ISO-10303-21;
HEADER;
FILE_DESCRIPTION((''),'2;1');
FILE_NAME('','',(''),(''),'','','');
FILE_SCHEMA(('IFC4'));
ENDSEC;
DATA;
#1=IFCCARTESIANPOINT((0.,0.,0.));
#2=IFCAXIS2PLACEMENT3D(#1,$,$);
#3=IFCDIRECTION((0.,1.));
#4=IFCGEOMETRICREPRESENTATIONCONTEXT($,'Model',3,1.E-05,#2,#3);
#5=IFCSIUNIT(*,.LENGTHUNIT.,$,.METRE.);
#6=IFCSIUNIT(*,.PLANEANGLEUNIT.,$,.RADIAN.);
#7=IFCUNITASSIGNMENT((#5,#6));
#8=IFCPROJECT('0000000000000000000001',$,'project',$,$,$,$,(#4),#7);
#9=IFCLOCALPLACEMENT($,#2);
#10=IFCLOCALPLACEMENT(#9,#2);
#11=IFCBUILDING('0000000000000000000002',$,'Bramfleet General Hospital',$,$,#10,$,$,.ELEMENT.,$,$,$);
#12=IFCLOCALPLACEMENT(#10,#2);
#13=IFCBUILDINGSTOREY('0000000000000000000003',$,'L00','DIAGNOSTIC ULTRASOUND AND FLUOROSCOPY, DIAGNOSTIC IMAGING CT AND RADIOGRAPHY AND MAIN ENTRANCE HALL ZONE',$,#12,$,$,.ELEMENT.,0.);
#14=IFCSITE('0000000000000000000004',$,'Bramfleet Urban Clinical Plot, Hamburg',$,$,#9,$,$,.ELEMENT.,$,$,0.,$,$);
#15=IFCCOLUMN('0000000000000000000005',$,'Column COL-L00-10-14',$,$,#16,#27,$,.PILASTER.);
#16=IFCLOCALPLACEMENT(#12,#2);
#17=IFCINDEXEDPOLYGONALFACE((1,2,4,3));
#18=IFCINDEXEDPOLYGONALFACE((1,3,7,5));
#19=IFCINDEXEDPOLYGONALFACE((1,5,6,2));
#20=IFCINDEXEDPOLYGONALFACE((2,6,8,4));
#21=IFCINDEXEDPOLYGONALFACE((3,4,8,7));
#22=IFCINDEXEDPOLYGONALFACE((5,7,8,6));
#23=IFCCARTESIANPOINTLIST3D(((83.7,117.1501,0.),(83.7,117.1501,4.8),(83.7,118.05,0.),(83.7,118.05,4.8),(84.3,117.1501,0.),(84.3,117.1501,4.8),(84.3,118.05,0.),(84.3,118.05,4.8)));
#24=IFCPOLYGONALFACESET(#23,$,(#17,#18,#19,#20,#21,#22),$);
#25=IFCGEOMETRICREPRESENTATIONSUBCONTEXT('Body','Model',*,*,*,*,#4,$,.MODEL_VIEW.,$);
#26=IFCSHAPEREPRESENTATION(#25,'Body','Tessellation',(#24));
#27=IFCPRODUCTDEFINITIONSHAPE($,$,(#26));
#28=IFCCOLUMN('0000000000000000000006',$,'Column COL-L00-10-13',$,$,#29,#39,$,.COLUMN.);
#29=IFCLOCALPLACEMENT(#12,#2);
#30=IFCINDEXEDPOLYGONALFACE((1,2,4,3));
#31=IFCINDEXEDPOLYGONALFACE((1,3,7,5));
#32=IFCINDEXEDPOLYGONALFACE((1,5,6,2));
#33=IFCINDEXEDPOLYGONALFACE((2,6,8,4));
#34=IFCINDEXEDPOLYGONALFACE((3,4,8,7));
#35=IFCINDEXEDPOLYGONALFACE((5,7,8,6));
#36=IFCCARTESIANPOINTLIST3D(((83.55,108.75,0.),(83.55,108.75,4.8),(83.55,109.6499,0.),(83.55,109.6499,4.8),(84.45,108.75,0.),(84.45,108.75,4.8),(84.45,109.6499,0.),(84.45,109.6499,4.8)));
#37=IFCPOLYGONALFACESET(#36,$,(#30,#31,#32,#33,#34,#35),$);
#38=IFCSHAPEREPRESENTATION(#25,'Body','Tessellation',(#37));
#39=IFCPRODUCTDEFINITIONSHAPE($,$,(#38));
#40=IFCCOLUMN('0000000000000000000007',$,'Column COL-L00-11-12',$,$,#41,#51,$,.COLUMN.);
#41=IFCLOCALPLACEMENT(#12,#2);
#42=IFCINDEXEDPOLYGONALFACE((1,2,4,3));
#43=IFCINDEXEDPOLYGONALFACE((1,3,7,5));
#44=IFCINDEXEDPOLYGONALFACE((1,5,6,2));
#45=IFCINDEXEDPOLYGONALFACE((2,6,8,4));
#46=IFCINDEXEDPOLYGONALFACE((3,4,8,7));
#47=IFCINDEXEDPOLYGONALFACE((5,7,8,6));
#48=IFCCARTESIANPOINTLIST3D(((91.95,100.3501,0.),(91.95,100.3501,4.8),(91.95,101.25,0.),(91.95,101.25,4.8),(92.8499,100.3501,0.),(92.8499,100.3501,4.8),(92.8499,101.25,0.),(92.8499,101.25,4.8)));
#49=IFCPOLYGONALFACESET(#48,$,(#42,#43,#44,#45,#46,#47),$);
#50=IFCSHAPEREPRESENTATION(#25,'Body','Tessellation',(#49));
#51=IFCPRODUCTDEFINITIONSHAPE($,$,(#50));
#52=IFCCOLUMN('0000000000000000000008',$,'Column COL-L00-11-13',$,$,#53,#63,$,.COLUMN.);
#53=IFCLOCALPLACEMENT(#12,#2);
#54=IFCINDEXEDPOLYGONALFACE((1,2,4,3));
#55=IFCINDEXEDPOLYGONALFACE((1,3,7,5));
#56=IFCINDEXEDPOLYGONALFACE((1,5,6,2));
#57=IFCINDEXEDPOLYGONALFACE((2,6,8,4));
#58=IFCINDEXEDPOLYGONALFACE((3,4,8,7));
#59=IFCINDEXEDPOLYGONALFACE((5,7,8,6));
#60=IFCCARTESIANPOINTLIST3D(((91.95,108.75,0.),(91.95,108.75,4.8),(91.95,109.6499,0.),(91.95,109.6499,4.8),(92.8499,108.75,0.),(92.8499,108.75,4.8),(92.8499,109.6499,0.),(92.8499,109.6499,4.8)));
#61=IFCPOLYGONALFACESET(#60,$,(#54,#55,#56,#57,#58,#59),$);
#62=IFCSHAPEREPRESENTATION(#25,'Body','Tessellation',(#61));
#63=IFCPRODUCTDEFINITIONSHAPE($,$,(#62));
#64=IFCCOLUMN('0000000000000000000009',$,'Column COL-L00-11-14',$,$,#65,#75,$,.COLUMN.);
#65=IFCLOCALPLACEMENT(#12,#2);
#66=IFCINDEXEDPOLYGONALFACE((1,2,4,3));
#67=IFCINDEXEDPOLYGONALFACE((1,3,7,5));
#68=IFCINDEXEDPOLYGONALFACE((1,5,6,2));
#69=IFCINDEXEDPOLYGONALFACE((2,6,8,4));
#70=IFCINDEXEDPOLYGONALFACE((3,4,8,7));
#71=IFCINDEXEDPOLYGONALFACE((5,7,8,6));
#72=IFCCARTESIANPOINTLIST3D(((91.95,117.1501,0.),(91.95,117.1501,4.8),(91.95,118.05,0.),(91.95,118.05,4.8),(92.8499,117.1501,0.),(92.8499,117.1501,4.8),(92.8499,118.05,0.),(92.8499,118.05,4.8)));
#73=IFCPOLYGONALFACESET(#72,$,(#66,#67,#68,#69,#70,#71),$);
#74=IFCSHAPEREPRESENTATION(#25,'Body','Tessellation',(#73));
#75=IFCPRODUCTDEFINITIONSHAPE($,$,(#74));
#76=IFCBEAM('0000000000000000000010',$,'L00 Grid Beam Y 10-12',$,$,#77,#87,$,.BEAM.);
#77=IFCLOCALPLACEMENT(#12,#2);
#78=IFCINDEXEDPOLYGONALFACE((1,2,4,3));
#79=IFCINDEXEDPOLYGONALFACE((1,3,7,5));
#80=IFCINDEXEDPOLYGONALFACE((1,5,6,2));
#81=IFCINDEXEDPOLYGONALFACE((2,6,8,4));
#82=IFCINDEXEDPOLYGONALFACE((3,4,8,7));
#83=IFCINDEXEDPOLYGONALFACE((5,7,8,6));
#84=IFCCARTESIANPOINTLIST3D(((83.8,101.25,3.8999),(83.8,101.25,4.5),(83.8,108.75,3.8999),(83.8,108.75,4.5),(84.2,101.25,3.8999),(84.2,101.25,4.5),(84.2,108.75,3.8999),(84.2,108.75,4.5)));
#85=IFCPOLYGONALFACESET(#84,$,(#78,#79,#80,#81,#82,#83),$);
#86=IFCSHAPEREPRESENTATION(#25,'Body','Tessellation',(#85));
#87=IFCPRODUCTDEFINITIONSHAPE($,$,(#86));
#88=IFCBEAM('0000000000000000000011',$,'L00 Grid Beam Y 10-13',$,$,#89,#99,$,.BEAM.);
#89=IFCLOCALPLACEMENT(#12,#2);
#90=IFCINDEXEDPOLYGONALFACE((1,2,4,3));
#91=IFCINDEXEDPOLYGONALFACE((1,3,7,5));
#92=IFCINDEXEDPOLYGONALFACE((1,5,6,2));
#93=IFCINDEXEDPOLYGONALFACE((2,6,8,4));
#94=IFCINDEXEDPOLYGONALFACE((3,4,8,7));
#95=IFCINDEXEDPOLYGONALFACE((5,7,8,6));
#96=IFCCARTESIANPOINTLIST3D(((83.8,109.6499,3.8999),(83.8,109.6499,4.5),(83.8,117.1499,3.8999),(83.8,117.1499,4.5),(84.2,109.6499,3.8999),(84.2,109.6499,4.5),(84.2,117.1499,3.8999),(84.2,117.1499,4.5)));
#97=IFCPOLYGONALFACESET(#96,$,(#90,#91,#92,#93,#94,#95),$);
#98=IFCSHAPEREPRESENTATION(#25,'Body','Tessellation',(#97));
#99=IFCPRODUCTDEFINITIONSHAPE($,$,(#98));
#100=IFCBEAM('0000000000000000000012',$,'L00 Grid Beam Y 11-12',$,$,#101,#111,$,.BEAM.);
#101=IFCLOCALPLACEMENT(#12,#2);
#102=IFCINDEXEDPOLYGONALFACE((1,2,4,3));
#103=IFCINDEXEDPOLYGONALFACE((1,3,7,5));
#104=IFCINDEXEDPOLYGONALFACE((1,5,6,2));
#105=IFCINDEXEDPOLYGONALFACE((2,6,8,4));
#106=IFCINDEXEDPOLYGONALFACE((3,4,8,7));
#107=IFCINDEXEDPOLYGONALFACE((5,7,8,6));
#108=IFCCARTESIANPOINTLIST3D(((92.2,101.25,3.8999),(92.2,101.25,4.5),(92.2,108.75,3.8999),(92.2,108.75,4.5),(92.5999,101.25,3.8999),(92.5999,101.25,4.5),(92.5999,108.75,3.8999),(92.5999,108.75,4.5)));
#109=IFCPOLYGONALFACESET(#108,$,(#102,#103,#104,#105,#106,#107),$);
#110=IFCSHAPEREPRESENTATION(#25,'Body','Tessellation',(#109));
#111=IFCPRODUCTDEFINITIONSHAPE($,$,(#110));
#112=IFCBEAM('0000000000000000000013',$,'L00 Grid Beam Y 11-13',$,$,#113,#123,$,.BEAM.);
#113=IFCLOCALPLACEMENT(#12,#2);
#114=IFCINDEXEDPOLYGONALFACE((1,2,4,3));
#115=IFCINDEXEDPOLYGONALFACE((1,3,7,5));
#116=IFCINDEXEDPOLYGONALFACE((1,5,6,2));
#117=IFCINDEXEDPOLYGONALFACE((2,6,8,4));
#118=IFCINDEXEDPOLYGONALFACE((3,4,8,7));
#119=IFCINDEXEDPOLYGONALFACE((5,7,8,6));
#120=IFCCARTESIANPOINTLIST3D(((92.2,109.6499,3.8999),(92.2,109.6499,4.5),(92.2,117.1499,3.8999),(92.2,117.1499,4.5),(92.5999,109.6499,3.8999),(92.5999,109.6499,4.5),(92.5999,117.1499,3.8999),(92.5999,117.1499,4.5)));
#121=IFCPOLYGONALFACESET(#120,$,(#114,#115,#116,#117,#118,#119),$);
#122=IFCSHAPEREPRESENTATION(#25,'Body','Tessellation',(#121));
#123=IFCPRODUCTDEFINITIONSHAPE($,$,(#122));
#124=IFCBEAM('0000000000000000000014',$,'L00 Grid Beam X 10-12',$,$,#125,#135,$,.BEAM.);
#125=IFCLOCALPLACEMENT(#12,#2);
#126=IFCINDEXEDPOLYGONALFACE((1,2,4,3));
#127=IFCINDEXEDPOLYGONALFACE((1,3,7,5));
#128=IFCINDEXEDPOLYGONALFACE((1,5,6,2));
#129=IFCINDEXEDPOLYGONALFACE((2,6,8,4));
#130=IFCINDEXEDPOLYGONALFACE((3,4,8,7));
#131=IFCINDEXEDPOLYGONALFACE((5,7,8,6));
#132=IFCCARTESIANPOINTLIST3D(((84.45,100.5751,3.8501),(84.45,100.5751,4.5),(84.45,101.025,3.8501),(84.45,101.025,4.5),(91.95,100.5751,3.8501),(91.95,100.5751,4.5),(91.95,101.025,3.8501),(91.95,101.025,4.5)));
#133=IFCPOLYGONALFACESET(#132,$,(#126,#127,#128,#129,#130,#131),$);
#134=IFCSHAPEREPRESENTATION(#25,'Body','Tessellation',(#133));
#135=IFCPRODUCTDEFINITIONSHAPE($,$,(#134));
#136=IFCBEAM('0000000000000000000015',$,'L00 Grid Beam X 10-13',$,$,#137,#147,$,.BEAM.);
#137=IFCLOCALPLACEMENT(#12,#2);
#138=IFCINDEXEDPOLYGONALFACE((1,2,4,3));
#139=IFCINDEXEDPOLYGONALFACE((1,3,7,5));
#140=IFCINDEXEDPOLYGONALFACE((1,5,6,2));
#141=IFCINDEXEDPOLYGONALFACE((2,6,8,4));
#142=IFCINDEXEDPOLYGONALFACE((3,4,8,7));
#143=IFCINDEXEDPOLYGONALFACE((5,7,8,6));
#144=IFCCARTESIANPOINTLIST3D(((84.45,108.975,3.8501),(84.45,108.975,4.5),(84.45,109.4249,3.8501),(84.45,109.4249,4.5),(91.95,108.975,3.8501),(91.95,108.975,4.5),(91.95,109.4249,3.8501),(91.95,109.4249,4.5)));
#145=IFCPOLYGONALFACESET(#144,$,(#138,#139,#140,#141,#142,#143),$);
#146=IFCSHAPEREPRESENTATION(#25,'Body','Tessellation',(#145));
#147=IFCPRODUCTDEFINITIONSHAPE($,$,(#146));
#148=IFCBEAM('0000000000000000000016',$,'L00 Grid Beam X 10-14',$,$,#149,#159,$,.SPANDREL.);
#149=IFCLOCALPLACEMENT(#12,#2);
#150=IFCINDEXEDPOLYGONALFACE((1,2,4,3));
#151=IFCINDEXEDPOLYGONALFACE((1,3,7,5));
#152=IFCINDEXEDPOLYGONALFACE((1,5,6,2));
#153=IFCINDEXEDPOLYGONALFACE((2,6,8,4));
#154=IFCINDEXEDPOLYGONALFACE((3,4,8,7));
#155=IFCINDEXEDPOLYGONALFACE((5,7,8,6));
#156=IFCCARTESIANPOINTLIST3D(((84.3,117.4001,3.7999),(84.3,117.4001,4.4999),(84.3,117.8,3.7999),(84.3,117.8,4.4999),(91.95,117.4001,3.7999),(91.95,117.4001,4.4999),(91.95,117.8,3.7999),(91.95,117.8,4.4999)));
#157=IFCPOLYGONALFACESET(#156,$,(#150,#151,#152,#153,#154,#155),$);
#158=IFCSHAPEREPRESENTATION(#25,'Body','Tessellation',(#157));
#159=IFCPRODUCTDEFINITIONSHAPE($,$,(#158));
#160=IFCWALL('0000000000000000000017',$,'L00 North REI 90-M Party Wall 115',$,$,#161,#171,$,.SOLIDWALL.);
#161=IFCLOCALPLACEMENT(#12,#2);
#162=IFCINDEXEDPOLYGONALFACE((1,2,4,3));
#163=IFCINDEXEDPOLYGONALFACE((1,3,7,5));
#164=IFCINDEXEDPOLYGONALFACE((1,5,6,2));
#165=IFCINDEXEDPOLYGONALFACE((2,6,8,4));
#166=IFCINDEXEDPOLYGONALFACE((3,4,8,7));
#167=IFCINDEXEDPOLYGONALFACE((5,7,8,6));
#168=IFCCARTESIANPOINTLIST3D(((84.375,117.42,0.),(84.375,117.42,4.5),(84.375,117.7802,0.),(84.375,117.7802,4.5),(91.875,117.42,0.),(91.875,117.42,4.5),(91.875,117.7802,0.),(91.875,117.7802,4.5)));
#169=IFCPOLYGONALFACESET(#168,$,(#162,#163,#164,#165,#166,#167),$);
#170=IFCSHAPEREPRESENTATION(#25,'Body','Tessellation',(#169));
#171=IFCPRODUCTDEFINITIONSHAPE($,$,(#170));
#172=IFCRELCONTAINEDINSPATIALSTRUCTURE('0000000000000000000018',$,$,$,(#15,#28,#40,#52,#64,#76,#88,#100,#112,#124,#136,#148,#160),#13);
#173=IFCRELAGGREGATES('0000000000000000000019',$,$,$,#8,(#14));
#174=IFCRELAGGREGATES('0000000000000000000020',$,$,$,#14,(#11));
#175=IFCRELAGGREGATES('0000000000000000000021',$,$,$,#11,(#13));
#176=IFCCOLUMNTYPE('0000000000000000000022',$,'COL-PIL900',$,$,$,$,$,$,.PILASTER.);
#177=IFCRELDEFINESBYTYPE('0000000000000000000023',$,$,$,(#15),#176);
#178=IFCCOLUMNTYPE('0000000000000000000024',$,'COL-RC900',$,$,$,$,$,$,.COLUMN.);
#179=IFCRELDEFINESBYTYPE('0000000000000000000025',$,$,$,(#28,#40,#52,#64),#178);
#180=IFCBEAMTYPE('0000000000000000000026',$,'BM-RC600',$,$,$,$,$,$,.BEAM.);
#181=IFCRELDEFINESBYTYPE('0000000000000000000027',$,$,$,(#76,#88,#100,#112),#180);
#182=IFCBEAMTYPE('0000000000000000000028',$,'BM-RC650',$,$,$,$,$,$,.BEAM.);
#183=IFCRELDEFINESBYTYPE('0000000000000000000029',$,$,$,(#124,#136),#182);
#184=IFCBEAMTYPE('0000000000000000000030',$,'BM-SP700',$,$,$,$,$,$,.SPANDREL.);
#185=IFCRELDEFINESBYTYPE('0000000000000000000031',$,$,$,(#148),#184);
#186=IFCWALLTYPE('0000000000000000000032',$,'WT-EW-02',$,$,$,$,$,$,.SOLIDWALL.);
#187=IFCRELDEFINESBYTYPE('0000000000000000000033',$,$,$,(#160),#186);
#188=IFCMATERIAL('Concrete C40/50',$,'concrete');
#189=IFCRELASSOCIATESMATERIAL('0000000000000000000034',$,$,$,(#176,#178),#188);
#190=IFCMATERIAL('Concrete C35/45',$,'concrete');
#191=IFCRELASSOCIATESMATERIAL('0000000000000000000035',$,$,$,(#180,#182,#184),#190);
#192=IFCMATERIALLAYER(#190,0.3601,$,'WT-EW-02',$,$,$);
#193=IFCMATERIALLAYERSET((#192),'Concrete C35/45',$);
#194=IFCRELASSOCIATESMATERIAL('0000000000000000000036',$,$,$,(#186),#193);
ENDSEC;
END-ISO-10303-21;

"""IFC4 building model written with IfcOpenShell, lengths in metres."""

from ifc_helpers import new_model, si_unit, direction, frame, frame_2d, origin, origin_2d, place, context, subcontext, project, spatial, rectangle, extrude, material, layer, layer_set, material_profile, profile_set, type_object, element, save


model = new_model("IFC4")

# Units and contexts
model_context = context("Model", 3, precision=1e-05, world=origin(), true_north=direction((0.0, 1.0)))
body_context = subcontext(model_context, "Body", "Model", "MODEL_VIEW")
ifc_project = project(units=[si_unit("LENGTHUNIT", "METRE"), si_unit("PLANEANGLEUNIT", "RADIAN")], contexts=[model_context])

# Site, building, storey
site_placement = place(None, origin())
site = spatial("IfcSite", under=ifc_project, at=site_placement, Name="Bramfleet Urban Clinical Plot, Hamburg", CompositionType="ELEMENT", RefElevation=0.0)
building_placement = place(site_placement, origin())
building = spatial("IfcBuilding", under=site, at=building_placement, Name="Bramfleet General Hospital", CompositionType="ELEMENT")
storey_placement = place(building_placement, origin())
storey = spatial("IfcBuildingStorey", under=building, at=storey_placement, Name="L00", Description="DIAGNOSTIC ULTRASOUND AND FLUOROSCOPY, DIAGNOSTIC IMAGING CT AND RADIOGRAPHY AND MAIN ENTRANCE HALL ZONE", CompositionType="ELEMENT", Elevation=0.0)

# Columns
ifc_material_1 = material(Name="Concrete C40/50", Category="concrete")
ifc_material_profile_1 = material_profile(ifc_material_1, rectangle(XDim=0.6001, YDim=0.8999, at=origin_2d()), Name="RC PIL 900x600")
ifc_profile_set_1 = profile_set([ifc_material_profile_1], Name="Concrete C40/50")
column_type_1 = type_object("IfcColumnType", Name="COL-PIL900", PredefinedType="PILASTER", material=ifc_profile_set_1)
column_placement = place(storey_placement, frame((84.0, 117.6001, 0.0), z_axis=(0.0, 0.0, 1.0), x_axis=(1.0, 0.0, 0.0)))
element("IfcColumn", 1, at=column_placement, inside=storey, type_object=column_type_1, Name="Column COL-L00-10-14", PredefinedType="PILASTER", context=body_context, shape_type="SweptSolid", body=[
    extrude(rectangle(XDim=0.6001, YDim=0.8999, at=origin_2d()), origin(), (0.0, 0.0, 1.0), 4.8),
])
ifc_material_profile_2 = material_profile(ifc_material_1, rectangle(XDim=0.8999, YDim=0.8999, at=origin_2d()), Name="RC COL 900x900")
ifc_profile_set_2 = profile_set([ifc_material_profile_2], Name="Concrete C40/50")
column_type_2 = type_object("IfcColumnType", Name="COL-RC900", PredefinedType="COLUMN", material=ifc_profile_set_2)
for number, where, z_axis, x_axis, name in (
    (2, (84.0, 109.2, 0.0), (0.0, 0.0, 1.0), (1.0, 0.0, 0.0), "Column COL-L00-10-13"),
    (3, (92.3999, 100.8, 0.0), (0.0, 0.0, 1.0), (1.0, 0.0, 0.0), "Column COL-L00-11-12"),
    (4, (92.3999, 109.2, 0.0), (0.0, 0.0, 1.0), (1.0, 0.0, 0.0), "Column COL-L00-11-13"),
    (5, (92.3999, 117.6001, 0.0), (0.0, 0.0, 1.0), (1.0, 0.0, 0.0), "Column COL-L00-11-14"),
):
    element("IfcColumn", number, at=place(storey_placement, frame(where, z_axis=z_axis, x_axis=x_axis)), inside=storey, type_object=column_type_2, Name=name, PredefinedType="COLUMN", context=body_context, shape_type="SweptSolid", body=[
        extrude(rectangle(XDim=0.8999, YDim=0.8999, at=origin_2d()), origin(), (0.0, 0.0, 1.0), 4.8),
    ])

# Beams
ifc_material_2 = material(Name="Concrete C35/45", Category="concrete")
ifc_material_profile_3 = material_profile(ifc_material_2, rectangle(XDim=0.3999, YDim=0.6001, at=origin_2d()), Name="RC BM 600x400")
ifc_profile_set_3 = profile_set([ifc_material_profile_3], Name="Concrete C35/45")
beam_type_1 = type_object("IfcBeamType", Name="BM-RC600", PredefinedType="BEAM", material=ifc_profile_set_3)
for number, where, z_axis, x_axis, name in (
    (6, (84.0, 101.25, 4.2), (0.0, 1.0, 0.0), (-1.0, 0.0, 0.0), "L00 Grid Beam Y 10-12"),
    (7, (84.0, 109.6499, 4.2), (0.0, 1.0, 0.0), (-1.0, 0.0, 0.0), "L00 Grid Beam Y 10-13"),
    (8, (92.3999, 101.25, 4.2), (0.0, 1.0, 0.0), (-1.0, 0.0, 0.0), "L00 Grid Beam Y 11-12"),
    (9, (92.3999, 109.6499, 4.2), (0.0, 1.0, 0.0), (-1.0, 0.0, 0.0), "L00 Grid Beam Y 11-13"),
):
    element("IfcBeam", number, at=place(storey_placement, frame(where, z_axis=z_axis, x_axis=x_axis)), inside=storey, type_object=beam_type_1, Name=name, PredefinedType="BEAM", context=body_context, shape_type="SweptSolid", body=[
        extrude(rectangle(XDim=0.3999, YDim=0.6001, at=origin_2d()), origin(), (0.0, 0.0, 1.0), 7.5),
    ])
ifc_material_profile_4 = material_profile(ifc_material_2, rectangle(XDim=0.45, YDim=0.6499, at=origin_2d()), Name="RC BM 650x450")
ifc_profile_set_4 = profile_set([ifc_material_profile_4], Name="Concrete C35/45")
beam_type_2 = type_object("IfcBeamType", Name="BM-RC650", PredefinedType="BEAM", material=ifc_profile_set_4)
for number, where, z_axis, x_axis, name in (
    (10, (84.45, 100.8, 4.175), (1.0, 0.0, 0.0), (0.0, 1.0, 0.0), "L00 Grid Beam X 10-12"),
    (11, (84.45, 109.2, 4.175), (1.0, 0.0, 0.0), (0.0, 1.0, 0.0), "L00 Grid Beam X 10-13"),
):
    element("IfcBeam", number, at=place(storey_placement, frame(where, z_axis=z_axis, x_axis=x_axis)), inside=storey, type_object=beam_type_2, Name=name, PredefinedType="BEAM", context=body_context, shape_type="SweptSolid", body=[
        extrude(rectangle(XDim=0.45, YDim=0.6499, at=origin_2d()), origin(), (0.0, 0.0, 1.0), 7.5),
    ])
ifc_material_profile_5 = material_profile(ifc_material_2, rectangle(XDim=0.3999, YDim=0.7, at=origin_2d()), Name="RC SP 700x400")
ifc_profile_set_5 = profile_set([ifc_material_profile_5], Name="Concrete C35/45")
beam_type_3 = type_object("IfcBeamType", Name="BM-SP700", PredefinedType="SPANDREL", material=ifc_profile_set_5)
beam_placement = place(storey_placement, frame((84.3, 117.6001, 4.1499), z_axis=(1.0, 0.0, 0.0), x_axis=(0.0, 1.0, 0.0)))
element("IfcBeam", 12, at=beam_placement, inside=storey, type_object=beam_type_3, Name="L00 Grid Beam X 10-14", PredefinedType="SPANDREL", context=body_context, shape_type="SweptSolid", body=[
    extrude(rectangle(XDim=0.3999, YDim=0.7, at=origin_2d()), origin(), (0.0, 0.0, 1.0), 7.6499),
])

# Wall
ifc_layer_1 = layer(ifc_material_2, 0.3601, Name="WT-EW-02")
ifc_layer_set_1 = layer_set([ifc_layer_1], Name="Concrete C35/45")
wall_type_1 = type_object("IfcWallType", Name="WT-EW-02", PredefinedType="SOLIDWALL", material=ifc_layer_set_1)
wall_1_placement = place(storey_placement, frame((84.375, 117.6001, 0.0), z_axis=(0.0, 0.0, 1.0), x_axis=(1.0, 0.0, 0.0)))
element("IfcWall", 13, at=wall_1_placement, inside=storey, type_object=wall_type_1, Name="L00 North REI 90-M Party Wall 115", PredefinedType="SOLIDWALL", context=body_context, shape_type="SweptSolid", body=[
    extrude(rectangle(XDim=7.5, YDim=0.3601, at=frame_2d((3.75, 0.0))), origin(), (0.0, 0.0, 1.0), 4.5),
])

save(model, "model.ifc")
